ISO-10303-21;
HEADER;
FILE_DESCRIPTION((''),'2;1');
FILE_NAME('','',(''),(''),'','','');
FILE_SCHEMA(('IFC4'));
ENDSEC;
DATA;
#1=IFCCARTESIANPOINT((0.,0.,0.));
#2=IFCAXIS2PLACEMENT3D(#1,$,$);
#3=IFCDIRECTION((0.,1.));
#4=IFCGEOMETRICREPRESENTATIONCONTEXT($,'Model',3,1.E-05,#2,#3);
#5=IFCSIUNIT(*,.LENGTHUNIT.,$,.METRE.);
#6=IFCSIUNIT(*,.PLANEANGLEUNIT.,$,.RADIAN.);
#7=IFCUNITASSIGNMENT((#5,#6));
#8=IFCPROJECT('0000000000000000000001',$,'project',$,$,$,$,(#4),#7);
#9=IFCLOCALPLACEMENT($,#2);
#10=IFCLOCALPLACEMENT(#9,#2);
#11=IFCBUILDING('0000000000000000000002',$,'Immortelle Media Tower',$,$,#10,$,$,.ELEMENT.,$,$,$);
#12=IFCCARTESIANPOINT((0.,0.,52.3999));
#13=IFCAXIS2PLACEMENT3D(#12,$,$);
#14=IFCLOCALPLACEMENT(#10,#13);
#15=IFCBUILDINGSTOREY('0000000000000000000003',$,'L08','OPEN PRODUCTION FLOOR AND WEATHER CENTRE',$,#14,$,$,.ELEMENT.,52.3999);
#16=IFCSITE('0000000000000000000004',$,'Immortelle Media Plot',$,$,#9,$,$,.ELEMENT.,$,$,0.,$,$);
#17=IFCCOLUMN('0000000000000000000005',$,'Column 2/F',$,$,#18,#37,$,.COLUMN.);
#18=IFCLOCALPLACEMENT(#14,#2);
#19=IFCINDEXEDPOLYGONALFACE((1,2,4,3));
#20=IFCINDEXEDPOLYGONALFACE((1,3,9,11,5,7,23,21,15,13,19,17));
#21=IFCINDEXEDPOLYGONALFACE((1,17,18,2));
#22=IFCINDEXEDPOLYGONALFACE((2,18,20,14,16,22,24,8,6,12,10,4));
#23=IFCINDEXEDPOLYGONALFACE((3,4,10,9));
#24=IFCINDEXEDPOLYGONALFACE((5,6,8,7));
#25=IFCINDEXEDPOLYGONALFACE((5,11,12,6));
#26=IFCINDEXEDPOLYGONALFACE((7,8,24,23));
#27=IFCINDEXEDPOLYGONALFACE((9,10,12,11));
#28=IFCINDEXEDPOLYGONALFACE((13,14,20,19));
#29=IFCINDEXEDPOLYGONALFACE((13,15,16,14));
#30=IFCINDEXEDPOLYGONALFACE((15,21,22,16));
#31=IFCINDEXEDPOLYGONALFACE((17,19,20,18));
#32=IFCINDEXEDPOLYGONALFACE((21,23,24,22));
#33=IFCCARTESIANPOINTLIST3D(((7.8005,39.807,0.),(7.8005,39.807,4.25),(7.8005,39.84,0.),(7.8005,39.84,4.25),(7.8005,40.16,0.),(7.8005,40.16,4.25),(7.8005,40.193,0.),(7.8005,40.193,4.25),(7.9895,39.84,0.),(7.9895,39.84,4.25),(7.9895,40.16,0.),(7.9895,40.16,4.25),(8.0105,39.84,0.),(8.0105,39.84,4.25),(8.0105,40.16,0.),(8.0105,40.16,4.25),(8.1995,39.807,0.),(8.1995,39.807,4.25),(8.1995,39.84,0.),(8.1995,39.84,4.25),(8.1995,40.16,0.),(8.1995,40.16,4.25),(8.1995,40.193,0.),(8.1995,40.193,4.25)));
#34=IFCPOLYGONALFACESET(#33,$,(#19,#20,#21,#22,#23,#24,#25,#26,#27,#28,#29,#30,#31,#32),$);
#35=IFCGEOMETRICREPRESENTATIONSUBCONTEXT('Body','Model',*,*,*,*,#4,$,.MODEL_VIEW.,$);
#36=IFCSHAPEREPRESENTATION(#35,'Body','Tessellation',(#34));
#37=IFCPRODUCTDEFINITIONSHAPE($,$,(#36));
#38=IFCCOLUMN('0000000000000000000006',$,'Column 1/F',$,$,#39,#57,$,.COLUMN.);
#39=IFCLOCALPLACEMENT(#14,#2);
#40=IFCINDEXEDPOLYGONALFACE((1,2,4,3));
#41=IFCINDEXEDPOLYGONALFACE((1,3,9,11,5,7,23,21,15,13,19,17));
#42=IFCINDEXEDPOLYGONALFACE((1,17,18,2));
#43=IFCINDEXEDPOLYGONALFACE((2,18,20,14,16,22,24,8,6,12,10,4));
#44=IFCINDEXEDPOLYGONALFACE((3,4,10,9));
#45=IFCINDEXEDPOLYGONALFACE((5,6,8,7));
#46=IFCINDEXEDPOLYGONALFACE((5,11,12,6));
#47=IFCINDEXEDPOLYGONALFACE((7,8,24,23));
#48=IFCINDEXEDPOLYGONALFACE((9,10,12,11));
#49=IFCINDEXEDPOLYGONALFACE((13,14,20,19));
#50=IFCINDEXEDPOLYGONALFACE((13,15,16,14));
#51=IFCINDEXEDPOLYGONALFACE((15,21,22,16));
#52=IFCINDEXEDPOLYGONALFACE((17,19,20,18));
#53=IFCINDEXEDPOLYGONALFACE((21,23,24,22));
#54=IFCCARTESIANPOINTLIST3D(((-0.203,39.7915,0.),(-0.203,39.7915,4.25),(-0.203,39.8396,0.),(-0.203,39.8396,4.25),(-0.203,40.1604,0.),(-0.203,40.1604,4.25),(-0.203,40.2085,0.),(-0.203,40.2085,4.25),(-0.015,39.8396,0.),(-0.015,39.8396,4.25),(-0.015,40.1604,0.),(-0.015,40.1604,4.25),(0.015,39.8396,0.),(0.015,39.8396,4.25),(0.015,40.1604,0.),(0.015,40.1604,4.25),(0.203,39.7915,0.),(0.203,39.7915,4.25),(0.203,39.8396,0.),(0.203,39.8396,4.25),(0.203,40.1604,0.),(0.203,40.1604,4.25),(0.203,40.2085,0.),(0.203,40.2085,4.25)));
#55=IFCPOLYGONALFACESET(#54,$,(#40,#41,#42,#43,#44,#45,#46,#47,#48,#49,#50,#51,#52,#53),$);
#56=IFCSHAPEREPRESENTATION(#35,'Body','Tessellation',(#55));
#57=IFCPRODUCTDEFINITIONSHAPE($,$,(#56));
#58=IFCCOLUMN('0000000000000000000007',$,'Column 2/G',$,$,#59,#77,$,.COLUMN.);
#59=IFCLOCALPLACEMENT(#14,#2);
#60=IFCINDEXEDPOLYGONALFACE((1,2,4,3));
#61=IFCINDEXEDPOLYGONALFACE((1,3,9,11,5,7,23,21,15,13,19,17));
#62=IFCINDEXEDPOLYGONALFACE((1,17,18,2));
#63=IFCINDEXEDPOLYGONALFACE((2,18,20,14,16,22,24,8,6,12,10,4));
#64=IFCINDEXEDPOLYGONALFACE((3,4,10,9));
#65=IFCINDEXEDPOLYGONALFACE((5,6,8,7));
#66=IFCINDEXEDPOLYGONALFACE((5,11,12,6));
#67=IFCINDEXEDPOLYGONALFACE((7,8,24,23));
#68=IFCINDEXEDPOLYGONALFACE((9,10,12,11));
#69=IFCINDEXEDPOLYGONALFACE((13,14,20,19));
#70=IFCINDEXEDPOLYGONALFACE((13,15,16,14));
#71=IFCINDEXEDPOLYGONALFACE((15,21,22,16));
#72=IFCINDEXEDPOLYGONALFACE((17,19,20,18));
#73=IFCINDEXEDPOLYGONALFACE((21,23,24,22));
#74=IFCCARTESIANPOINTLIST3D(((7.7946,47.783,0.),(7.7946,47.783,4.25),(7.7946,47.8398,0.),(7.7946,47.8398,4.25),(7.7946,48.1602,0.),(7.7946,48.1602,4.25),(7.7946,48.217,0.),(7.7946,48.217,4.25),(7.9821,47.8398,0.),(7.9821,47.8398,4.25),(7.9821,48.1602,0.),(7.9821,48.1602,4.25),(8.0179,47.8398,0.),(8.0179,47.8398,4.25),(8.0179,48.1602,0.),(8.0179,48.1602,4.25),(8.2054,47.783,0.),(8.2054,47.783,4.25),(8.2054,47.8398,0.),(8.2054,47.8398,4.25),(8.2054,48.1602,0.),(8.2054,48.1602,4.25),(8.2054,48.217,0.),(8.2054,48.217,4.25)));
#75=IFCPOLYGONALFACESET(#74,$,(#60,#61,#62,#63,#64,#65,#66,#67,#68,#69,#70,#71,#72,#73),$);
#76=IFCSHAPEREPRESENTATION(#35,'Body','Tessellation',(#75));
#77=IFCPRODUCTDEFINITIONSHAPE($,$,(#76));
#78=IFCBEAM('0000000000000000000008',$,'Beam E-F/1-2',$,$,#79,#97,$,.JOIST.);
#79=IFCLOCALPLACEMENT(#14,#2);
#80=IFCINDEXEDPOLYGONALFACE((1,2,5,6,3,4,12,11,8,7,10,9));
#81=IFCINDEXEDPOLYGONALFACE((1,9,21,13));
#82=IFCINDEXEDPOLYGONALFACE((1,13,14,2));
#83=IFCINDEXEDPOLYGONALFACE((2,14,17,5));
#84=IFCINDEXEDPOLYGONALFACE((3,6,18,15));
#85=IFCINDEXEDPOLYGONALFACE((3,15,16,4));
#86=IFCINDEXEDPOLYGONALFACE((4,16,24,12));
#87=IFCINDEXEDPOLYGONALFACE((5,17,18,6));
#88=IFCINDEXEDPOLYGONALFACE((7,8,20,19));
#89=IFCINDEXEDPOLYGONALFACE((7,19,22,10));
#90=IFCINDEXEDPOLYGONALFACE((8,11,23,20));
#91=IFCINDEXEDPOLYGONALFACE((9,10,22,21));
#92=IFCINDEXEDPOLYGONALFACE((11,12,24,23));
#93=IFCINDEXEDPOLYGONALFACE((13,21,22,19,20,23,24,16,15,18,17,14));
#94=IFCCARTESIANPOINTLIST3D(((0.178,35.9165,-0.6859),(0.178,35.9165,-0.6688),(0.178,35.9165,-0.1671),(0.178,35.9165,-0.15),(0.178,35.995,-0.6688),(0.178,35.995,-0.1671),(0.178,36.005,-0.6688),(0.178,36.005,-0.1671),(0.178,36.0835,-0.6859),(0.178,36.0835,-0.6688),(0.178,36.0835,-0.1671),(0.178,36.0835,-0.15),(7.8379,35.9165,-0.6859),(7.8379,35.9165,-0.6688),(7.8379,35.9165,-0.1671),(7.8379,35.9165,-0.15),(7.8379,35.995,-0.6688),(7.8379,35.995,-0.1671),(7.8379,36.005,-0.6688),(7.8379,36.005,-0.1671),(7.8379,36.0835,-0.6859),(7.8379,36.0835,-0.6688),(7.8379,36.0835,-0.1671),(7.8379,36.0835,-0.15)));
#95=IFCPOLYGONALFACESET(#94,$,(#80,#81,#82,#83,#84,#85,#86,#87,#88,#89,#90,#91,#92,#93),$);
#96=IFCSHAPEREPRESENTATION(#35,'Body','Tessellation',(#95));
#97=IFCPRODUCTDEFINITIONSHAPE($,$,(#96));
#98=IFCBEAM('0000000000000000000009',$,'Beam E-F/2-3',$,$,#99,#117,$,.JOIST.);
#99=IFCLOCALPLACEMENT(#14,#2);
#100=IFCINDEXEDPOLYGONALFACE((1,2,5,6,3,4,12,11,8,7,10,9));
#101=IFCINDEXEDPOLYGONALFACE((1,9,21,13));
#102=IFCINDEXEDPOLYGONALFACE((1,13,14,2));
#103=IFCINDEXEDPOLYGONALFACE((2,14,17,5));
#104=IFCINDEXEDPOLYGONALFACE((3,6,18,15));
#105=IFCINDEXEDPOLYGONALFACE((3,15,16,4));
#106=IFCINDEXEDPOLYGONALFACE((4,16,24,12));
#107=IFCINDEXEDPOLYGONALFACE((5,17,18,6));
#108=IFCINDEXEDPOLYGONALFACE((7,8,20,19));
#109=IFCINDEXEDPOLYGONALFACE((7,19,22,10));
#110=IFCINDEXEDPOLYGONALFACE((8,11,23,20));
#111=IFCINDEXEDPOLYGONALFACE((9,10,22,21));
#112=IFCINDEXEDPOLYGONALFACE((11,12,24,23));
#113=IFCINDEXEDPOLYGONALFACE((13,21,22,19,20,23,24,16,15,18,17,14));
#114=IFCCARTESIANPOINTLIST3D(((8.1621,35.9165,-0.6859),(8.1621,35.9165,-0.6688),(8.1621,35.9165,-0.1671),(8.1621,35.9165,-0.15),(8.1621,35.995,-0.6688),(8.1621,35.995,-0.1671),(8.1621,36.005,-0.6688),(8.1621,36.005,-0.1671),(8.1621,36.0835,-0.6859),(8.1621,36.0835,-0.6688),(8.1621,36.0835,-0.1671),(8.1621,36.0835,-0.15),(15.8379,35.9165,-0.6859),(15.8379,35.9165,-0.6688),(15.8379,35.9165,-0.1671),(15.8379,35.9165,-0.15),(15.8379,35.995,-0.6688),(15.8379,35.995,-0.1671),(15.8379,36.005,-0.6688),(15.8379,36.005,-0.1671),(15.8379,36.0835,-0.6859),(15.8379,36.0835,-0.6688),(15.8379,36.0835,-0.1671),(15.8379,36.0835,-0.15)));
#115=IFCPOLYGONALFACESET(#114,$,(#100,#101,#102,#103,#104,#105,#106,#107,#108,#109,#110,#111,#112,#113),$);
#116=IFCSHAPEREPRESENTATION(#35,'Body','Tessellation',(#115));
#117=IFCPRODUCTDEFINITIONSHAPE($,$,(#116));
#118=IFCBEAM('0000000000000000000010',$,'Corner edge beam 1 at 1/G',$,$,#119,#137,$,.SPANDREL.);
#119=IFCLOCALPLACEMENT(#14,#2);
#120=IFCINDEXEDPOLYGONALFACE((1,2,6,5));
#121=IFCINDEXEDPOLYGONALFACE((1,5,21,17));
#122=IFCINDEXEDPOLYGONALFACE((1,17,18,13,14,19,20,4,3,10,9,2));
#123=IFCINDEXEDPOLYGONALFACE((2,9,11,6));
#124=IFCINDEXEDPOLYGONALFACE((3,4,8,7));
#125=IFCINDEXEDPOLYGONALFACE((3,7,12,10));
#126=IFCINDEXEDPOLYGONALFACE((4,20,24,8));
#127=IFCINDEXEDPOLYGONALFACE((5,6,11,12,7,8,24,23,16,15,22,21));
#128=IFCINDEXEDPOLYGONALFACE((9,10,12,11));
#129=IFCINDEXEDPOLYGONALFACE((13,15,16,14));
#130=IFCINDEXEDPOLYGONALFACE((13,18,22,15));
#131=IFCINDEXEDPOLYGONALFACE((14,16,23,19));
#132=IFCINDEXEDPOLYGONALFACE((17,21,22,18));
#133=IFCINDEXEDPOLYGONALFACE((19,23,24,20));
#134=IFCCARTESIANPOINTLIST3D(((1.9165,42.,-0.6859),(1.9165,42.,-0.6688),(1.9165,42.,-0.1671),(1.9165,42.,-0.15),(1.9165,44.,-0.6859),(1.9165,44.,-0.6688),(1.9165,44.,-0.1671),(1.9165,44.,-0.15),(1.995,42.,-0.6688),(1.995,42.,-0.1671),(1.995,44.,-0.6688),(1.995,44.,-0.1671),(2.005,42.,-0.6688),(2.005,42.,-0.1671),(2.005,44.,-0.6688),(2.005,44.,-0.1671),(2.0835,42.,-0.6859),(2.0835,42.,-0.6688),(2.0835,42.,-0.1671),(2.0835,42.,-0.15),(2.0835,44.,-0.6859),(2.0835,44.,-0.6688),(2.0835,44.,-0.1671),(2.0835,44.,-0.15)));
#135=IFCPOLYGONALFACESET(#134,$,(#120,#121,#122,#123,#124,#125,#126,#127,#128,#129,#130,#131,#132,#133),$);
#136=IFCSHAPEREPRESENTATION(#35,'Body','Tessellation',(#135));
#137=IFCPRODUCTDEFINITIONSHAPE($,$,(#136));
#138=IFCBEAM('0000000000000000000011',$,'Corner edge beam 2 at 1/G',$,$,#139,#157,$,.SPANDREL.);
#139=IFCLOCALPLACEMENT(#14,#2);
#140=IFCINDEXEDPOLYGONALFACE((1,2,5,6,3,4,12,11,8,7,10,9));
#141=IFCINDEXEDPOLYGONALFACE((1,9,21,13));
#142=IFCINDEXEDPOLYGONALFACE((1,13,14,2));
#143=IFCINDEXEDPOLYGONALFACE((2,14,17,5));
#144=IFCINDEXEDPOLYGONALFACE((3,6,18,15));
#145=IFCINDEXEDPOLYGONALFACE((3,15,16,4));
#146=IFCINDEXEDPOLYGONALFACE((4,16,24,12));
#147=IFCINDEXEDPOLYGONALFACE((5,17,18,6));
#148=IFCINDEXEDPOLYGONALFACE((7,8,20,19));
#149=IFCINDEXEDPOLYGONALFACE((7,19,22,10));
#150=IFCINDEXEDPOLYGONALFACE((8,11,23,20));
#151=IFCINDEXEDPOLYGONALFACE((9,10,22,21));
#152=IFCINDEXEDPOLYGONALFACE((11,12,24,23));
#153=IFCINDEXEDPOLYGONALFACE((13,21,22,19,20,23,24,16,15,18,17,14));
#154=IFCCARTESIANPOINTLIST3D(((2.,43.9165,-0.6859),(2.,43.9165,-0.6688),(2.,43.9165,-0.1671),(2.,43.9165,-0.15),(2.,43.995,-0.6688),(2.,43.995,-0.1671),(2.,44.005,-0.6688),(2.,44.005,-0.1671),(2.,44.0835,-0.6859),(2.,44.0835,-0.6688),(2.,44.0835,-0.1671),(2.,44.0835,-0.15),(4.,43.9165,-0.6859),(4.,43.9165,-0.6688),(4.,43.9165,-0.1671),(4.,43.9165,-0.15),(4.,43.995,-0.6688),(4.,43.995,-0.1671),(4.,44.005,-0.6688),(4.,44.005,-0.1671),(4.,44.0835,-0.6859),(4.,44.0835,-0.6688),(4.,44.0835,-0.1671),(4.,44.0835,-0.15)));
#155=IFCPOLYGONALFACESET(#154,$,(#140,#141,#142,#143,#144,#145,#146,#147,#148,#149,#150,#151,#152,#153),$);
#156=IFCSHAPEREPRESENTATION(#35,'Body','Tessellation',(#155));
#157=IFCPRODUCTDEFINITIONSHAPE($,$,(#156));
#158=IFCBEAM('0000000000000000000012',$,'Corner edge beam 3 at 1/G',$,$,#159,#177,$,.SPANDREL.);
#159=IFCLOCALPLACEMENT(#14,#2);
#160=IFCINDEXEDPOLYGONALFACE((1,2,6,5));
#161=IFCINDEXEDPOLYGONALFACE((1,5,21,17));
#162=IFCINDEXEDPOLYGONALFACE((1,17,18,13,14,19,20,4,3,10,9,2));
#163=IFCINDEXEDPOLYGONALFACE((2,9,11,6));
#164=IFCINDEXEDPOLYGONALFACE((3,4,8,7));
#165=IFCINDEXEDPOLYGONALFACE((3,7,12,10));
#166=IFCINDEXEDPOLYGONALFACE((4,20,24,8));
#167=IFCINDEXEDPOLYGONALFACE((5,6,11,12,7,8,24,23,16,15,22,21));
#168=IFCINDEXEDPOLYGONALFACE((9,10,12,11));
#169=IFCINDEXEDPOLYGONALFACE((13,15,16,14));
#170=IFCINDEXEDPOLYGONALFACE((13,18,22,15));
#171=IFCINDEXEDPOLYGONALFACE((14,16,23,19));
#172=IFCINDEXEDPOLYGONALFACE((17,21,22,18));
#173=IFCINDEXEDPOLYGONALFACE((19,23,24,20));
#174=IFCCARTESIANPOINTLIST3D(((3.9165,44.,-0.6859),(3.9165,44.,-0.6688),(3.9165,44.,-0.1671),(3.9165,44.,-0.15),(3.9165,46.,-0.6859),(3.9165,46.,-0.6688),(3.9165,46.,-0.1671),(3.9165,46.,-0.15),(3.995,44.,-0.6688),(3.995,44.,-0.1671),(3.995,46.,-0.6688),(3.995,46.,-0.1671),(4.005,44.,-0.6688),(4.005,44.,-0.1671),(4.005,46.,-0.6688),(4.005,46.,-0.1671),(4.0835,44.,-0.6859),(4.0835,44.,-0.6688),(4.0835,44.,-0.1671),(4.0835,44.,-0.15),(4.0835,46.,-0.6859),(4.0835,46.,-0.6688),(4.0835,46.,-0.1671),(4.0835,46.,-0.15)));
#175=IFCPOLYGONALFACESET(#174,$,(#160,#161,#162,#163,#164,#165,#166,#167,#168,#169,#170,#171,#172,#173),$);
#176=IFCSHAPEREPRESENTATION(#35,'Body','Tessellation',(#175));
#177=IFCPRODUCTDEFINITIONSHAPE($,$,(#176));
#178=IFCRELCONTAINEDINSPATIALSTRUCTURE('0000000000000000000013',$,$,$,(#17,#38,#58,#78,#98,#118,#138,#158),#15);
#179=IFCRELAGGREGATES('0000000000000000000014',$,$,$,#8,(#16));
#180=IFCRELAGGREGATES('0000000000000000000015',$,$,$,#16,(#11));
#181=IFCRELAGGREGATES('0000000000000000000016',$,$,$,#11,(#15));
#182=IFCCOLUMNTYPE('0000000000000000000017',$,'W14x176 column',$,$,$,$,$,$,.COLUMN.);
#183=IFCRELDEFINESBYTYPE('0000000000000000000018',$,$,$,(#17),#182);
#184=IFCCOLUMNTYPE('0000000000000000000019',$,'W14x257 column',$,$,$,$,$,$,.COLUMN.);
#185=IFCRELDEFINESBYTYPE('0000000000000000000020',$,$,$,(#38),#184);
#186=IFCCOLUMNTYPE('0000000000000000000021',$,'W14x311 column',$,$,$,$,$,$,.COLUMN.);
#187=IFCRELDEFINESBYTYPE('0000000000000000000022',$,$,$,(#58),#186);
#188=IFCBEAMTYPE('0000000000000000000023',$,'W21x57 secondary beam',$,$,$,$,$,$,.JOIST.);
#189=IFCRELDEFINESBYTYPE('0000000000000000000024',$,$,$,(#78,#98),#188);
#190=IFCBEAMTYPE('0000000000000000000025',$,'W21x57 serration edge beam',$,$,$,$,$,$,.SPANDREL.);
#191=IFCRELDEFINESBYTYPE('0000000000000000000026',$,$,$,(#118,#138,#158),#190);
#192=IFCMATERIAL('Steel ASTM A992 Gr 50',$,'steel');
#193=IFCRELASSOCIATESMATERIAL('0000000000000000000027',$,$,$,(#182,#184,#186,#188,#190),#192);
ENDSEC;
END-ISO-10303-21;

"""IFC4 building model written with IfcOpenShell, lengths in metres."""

from ifc_helpers import new_model, si_unit, direction, frame, origin, origin_2d, place, context, subcontext, project, spatial, i_section, extrude, material, material_profile, profile_set, type_object, element, save


model = new_model("IFC4")

# Units and contexts
model_context = context("Model", 3, precision=1e-05, world=origin(), true_north=direction((0.0, 1.0)))
body_context = subcontext(model_context, "Body", "Model", "MODEL_VIEW")
ifc_project = project(units=[si_unit("LENGTHUNIT", "METRE"), si_unit("PLANEANGLEUNIT", "RADIAN")], contexts=[model_context])

# Site, building, storey
site_placement = place(None, origin())
site = spatial("IfcSite", under=ifc_project, at=site_placement, Name="Immortelle Media Plot", CompositionType="ELEMENT", RefElevation=0.0)
building_placement = place(site_placement, origin())
building = spatial("IfcBuilding", under=site, at=building_placement, Name="Immortelle Media Tower", CompositionType="ELEMENT")
storey_placement = place(building_placement, frame((0.0, 0.0, 52.3999)))
storey = spatial("IfcBuildingStorey", under=building, at=storey_placement, Name="L08", Description="OPEN PRODUCTION FLOOR AND WEATHER CENTRE", CompositionType="ELEMENT", Elevation=52.3999)

# Columns
ifc_material_1 = material(Name="Steel ASTM A992 Gr 50", Category="steel")
ifc_material_profile_1 = material_profile(ifc_material_1, i_section(OverallWidth=0.3989, OverallDepth=0.386, WebThickness=0.021, FlangeThickness=0.033, at=origin_2d()), Name="W14x176")
ifc_profile_set_1 = profile_set([ifc_material_profile_1], Name="Steel ASTM A992 Gr 50")
column_type_1 = type_object("IfcColumnType", Name="W14x176 column", PredefinedType="COLUMN", material=ifc_profile_set_1)
column_1_placement = place(storey_placement, frame((8.0, 40.0, 0.0), z_axis=(0.0, 0.0, 1.0), x_axis=(1.0, 0.0, 0.0)))
element("IfcColumn", 1, at=column_1_placement, inside=storey, type_object=column_type_1, Name="Column 2/F", PredefinedType="COLUMN", context=body_context, shape_type="SweptSolid", body=[
    extrude(i_section(OverallWidth=0.3989, OverallDepth=0.386, WebThickness=0.021, FlangeThickness=0.033, at=origin_2d()), origin(), (0.0, 0.0, 1.0), 4.25),
])
ifc_material_profile_2 = material_profile(ifc_material_1, i_section(OverallWidth=0.406, OverallDepth=0.417, WebThickness=0.03, FlangeThickness=0.0481, at=origin_2d()), Name="W14x257")
ifc_profile_set_2 = profile_set([ifc_material_profile_2], Name="Steel ASTM A992 Gr 50")
column_type_2 = type_object("IfcColumnType", Name="W14x257 column", PredefinedType="COLUMN", material=ifc_profile_set_2)
column_2_placement = place(storey_placement, frame((0.0, 40.0, 0.0), z_axis=(0.0, 0.0, 1.0), x_axis=(1.0, 0.0, 0.0)))
element("IfcColumn", 2, at=column_2_placement, inside=storey, type_object=column_type_2, Name="Column 1/F", PredefinedType="COLUMN", context=body_context, shape_type="SweptSolid", body=[
    extrude(i_section(OverallWidth=0.406, OverallDepth=0.417, WebThickness=0.03, FlangeThickness=0.0481, at=origin_2d()), origin(), (0.0, 0.0, 1.0), 4.25),
])
ifc_material_profile_3 = material_profile(ifc_material_1, i_section(OverallWidth=0.4109, OverallDepth=0.4341, WebThickness=0.0359, FlangeThickness=0.0569, at=origin_2d()), Name="W14x311")
ifc_profile_set_3 = profile_set([ifc_material_profile_3], Name="Steel ASTM A992 Gr 50")
column_type_3 = type_object("IfcColumnType", Name="W14x311 column", PredefinedType="COLUMN", material=ifc_profile_set_3)
column_3_placement = place(storey_placement, frame((8.0, 48.0, 0.0), z_axis=(0.0, 0.0, 1.0), x_axis=(1.0, 0.0, 0.0)))
element("IfcColumn", 3, at=column_3_placement, inside=storey, type_object=column_type_3, Name="Column 2/G", PredefinedType="COLUMN", context=body_context, shape_type="SweptSolid", body=[
    extrude(i_section(OverallWidth=0.4109, OverallDepth=0.4341, WebThickness=0.0359, FlangeThickness=0.0569, at=origin_2d()), origin(), (0.0, 0.0, 1.0), 4.25),
])

# Beams
ifc_material_profile_4 = material_profile(ifc_material_1, i_section(OverallWidth=0.167, OverallDepth=0.5359, WebThickness=0.01, FlangeThickness=0.0171, at=origin_2d()), Name="W21x57")
ifc_profile_set_4 = profile_set([ifc_material_profile_4], Name="Steel ASTM A992 Gr 50")
beam_type_1 = type_object("IfcBeamType", Name="W21x57 secondary beam", PredefinedType="JOIST", material=ifc_profile_set_4)
beam_1_placement = place(storey_placement, frame((0.178, 36.0, -0.418), z_axis=(1.0, 0.0, 0.0), x_axis=(0.0, 1.0, 0.0)))
element("IfcBeam", 4, at=beam_1_placement, inside=storey, type_object=beam_type_1, Name="Beam E-F/1-2", PredefinedType="JOIST", context=body_context, shape_type="SweptSolid", body=[
    extrude(i_section(OverallWidth=0.167, OverallDepth=0.5359, WebThickness=0.01, FlangeThickness=0.0171, at=origin_2d()), origin(), (0.0, 0.0, 1.0), 7.6599),
])
beam_2_placement = place(storey_placement, frame((8.1621, 36.0, -0.418), z_axis=(1.0, 0.0, 0.0), x_axis=(0.0, 1.0, 0.0)))
element("IfcBeam", 5, at=beam_2_placement, inside=storey, type_object=beam_type_1, Name="Beam E-F/2-3", PredefinedType="JOIST", context=body_context, shape_type="SweptSolid", body=[
    extrude(i_section(OverallWidth=0.167, OverallDepth=0.5359, WebThickness=0.01, FlangeThickness=0.0171, at=origin_2d()), origin(), (0.0, 0.0, 1.0), 7.6758),
])
ifc_material_profile_5 = material_profile(ifc_material_1, i_section(OverallWidth=0.167, OverallDepth=0.5359, WebThickness=0.01, FlangeThickness=0.0171, at=origin_2d()), Name="W21x57")
ifc_profile_set_5 = profile_set([ifc_material_profile_5], Name="Steel ASTM A992 Gr 50")
beam_type_2 = type_object("IfcBeamType", Name="W21x57 serration edge beam", PredefinedType="SPANDREL", material=ifc_profile_set_5)
for number, where, z_axis, x_axis, name in (
    (6, (2.0, 42.0, -0.418), (0.0, 1.0, 0.0), (-1.0, 0.0, 0.0), "Corner edge beam 1 at 1/G"),
    (7, (2.0, 44.0, -0.418), (1.0, 0.0, 0.0), (0.0, 1.0, 0.0), "Corner edge beam 2 at 1/G"),
    (8, (4.0, 44.0, -0.418), (0.0, 1.0, 0.0), (-1.0, 0.0, 0.0), "Corner edge beam 3 at 1/G"),
):
    element("IfcBeam", number, at=place(storey_placement, frame(where, z_axis=z_axis, x_axis=x_axis)), inside=storey, type_object=beam_type_2, Name=name, PredefinedType="SPANDREL", context=body_context, shape_type="SweptSolid", body=[
        extrude(i_section(OverallWidth=0.167, OverallDepth=0.5359, WebThickness=0.01, FlangeThickness=0.0171, at=origin_2d()), origin(), (0.0, 0.0, 1.0), 2.0),
    ])

save(model, "model.ifc")
